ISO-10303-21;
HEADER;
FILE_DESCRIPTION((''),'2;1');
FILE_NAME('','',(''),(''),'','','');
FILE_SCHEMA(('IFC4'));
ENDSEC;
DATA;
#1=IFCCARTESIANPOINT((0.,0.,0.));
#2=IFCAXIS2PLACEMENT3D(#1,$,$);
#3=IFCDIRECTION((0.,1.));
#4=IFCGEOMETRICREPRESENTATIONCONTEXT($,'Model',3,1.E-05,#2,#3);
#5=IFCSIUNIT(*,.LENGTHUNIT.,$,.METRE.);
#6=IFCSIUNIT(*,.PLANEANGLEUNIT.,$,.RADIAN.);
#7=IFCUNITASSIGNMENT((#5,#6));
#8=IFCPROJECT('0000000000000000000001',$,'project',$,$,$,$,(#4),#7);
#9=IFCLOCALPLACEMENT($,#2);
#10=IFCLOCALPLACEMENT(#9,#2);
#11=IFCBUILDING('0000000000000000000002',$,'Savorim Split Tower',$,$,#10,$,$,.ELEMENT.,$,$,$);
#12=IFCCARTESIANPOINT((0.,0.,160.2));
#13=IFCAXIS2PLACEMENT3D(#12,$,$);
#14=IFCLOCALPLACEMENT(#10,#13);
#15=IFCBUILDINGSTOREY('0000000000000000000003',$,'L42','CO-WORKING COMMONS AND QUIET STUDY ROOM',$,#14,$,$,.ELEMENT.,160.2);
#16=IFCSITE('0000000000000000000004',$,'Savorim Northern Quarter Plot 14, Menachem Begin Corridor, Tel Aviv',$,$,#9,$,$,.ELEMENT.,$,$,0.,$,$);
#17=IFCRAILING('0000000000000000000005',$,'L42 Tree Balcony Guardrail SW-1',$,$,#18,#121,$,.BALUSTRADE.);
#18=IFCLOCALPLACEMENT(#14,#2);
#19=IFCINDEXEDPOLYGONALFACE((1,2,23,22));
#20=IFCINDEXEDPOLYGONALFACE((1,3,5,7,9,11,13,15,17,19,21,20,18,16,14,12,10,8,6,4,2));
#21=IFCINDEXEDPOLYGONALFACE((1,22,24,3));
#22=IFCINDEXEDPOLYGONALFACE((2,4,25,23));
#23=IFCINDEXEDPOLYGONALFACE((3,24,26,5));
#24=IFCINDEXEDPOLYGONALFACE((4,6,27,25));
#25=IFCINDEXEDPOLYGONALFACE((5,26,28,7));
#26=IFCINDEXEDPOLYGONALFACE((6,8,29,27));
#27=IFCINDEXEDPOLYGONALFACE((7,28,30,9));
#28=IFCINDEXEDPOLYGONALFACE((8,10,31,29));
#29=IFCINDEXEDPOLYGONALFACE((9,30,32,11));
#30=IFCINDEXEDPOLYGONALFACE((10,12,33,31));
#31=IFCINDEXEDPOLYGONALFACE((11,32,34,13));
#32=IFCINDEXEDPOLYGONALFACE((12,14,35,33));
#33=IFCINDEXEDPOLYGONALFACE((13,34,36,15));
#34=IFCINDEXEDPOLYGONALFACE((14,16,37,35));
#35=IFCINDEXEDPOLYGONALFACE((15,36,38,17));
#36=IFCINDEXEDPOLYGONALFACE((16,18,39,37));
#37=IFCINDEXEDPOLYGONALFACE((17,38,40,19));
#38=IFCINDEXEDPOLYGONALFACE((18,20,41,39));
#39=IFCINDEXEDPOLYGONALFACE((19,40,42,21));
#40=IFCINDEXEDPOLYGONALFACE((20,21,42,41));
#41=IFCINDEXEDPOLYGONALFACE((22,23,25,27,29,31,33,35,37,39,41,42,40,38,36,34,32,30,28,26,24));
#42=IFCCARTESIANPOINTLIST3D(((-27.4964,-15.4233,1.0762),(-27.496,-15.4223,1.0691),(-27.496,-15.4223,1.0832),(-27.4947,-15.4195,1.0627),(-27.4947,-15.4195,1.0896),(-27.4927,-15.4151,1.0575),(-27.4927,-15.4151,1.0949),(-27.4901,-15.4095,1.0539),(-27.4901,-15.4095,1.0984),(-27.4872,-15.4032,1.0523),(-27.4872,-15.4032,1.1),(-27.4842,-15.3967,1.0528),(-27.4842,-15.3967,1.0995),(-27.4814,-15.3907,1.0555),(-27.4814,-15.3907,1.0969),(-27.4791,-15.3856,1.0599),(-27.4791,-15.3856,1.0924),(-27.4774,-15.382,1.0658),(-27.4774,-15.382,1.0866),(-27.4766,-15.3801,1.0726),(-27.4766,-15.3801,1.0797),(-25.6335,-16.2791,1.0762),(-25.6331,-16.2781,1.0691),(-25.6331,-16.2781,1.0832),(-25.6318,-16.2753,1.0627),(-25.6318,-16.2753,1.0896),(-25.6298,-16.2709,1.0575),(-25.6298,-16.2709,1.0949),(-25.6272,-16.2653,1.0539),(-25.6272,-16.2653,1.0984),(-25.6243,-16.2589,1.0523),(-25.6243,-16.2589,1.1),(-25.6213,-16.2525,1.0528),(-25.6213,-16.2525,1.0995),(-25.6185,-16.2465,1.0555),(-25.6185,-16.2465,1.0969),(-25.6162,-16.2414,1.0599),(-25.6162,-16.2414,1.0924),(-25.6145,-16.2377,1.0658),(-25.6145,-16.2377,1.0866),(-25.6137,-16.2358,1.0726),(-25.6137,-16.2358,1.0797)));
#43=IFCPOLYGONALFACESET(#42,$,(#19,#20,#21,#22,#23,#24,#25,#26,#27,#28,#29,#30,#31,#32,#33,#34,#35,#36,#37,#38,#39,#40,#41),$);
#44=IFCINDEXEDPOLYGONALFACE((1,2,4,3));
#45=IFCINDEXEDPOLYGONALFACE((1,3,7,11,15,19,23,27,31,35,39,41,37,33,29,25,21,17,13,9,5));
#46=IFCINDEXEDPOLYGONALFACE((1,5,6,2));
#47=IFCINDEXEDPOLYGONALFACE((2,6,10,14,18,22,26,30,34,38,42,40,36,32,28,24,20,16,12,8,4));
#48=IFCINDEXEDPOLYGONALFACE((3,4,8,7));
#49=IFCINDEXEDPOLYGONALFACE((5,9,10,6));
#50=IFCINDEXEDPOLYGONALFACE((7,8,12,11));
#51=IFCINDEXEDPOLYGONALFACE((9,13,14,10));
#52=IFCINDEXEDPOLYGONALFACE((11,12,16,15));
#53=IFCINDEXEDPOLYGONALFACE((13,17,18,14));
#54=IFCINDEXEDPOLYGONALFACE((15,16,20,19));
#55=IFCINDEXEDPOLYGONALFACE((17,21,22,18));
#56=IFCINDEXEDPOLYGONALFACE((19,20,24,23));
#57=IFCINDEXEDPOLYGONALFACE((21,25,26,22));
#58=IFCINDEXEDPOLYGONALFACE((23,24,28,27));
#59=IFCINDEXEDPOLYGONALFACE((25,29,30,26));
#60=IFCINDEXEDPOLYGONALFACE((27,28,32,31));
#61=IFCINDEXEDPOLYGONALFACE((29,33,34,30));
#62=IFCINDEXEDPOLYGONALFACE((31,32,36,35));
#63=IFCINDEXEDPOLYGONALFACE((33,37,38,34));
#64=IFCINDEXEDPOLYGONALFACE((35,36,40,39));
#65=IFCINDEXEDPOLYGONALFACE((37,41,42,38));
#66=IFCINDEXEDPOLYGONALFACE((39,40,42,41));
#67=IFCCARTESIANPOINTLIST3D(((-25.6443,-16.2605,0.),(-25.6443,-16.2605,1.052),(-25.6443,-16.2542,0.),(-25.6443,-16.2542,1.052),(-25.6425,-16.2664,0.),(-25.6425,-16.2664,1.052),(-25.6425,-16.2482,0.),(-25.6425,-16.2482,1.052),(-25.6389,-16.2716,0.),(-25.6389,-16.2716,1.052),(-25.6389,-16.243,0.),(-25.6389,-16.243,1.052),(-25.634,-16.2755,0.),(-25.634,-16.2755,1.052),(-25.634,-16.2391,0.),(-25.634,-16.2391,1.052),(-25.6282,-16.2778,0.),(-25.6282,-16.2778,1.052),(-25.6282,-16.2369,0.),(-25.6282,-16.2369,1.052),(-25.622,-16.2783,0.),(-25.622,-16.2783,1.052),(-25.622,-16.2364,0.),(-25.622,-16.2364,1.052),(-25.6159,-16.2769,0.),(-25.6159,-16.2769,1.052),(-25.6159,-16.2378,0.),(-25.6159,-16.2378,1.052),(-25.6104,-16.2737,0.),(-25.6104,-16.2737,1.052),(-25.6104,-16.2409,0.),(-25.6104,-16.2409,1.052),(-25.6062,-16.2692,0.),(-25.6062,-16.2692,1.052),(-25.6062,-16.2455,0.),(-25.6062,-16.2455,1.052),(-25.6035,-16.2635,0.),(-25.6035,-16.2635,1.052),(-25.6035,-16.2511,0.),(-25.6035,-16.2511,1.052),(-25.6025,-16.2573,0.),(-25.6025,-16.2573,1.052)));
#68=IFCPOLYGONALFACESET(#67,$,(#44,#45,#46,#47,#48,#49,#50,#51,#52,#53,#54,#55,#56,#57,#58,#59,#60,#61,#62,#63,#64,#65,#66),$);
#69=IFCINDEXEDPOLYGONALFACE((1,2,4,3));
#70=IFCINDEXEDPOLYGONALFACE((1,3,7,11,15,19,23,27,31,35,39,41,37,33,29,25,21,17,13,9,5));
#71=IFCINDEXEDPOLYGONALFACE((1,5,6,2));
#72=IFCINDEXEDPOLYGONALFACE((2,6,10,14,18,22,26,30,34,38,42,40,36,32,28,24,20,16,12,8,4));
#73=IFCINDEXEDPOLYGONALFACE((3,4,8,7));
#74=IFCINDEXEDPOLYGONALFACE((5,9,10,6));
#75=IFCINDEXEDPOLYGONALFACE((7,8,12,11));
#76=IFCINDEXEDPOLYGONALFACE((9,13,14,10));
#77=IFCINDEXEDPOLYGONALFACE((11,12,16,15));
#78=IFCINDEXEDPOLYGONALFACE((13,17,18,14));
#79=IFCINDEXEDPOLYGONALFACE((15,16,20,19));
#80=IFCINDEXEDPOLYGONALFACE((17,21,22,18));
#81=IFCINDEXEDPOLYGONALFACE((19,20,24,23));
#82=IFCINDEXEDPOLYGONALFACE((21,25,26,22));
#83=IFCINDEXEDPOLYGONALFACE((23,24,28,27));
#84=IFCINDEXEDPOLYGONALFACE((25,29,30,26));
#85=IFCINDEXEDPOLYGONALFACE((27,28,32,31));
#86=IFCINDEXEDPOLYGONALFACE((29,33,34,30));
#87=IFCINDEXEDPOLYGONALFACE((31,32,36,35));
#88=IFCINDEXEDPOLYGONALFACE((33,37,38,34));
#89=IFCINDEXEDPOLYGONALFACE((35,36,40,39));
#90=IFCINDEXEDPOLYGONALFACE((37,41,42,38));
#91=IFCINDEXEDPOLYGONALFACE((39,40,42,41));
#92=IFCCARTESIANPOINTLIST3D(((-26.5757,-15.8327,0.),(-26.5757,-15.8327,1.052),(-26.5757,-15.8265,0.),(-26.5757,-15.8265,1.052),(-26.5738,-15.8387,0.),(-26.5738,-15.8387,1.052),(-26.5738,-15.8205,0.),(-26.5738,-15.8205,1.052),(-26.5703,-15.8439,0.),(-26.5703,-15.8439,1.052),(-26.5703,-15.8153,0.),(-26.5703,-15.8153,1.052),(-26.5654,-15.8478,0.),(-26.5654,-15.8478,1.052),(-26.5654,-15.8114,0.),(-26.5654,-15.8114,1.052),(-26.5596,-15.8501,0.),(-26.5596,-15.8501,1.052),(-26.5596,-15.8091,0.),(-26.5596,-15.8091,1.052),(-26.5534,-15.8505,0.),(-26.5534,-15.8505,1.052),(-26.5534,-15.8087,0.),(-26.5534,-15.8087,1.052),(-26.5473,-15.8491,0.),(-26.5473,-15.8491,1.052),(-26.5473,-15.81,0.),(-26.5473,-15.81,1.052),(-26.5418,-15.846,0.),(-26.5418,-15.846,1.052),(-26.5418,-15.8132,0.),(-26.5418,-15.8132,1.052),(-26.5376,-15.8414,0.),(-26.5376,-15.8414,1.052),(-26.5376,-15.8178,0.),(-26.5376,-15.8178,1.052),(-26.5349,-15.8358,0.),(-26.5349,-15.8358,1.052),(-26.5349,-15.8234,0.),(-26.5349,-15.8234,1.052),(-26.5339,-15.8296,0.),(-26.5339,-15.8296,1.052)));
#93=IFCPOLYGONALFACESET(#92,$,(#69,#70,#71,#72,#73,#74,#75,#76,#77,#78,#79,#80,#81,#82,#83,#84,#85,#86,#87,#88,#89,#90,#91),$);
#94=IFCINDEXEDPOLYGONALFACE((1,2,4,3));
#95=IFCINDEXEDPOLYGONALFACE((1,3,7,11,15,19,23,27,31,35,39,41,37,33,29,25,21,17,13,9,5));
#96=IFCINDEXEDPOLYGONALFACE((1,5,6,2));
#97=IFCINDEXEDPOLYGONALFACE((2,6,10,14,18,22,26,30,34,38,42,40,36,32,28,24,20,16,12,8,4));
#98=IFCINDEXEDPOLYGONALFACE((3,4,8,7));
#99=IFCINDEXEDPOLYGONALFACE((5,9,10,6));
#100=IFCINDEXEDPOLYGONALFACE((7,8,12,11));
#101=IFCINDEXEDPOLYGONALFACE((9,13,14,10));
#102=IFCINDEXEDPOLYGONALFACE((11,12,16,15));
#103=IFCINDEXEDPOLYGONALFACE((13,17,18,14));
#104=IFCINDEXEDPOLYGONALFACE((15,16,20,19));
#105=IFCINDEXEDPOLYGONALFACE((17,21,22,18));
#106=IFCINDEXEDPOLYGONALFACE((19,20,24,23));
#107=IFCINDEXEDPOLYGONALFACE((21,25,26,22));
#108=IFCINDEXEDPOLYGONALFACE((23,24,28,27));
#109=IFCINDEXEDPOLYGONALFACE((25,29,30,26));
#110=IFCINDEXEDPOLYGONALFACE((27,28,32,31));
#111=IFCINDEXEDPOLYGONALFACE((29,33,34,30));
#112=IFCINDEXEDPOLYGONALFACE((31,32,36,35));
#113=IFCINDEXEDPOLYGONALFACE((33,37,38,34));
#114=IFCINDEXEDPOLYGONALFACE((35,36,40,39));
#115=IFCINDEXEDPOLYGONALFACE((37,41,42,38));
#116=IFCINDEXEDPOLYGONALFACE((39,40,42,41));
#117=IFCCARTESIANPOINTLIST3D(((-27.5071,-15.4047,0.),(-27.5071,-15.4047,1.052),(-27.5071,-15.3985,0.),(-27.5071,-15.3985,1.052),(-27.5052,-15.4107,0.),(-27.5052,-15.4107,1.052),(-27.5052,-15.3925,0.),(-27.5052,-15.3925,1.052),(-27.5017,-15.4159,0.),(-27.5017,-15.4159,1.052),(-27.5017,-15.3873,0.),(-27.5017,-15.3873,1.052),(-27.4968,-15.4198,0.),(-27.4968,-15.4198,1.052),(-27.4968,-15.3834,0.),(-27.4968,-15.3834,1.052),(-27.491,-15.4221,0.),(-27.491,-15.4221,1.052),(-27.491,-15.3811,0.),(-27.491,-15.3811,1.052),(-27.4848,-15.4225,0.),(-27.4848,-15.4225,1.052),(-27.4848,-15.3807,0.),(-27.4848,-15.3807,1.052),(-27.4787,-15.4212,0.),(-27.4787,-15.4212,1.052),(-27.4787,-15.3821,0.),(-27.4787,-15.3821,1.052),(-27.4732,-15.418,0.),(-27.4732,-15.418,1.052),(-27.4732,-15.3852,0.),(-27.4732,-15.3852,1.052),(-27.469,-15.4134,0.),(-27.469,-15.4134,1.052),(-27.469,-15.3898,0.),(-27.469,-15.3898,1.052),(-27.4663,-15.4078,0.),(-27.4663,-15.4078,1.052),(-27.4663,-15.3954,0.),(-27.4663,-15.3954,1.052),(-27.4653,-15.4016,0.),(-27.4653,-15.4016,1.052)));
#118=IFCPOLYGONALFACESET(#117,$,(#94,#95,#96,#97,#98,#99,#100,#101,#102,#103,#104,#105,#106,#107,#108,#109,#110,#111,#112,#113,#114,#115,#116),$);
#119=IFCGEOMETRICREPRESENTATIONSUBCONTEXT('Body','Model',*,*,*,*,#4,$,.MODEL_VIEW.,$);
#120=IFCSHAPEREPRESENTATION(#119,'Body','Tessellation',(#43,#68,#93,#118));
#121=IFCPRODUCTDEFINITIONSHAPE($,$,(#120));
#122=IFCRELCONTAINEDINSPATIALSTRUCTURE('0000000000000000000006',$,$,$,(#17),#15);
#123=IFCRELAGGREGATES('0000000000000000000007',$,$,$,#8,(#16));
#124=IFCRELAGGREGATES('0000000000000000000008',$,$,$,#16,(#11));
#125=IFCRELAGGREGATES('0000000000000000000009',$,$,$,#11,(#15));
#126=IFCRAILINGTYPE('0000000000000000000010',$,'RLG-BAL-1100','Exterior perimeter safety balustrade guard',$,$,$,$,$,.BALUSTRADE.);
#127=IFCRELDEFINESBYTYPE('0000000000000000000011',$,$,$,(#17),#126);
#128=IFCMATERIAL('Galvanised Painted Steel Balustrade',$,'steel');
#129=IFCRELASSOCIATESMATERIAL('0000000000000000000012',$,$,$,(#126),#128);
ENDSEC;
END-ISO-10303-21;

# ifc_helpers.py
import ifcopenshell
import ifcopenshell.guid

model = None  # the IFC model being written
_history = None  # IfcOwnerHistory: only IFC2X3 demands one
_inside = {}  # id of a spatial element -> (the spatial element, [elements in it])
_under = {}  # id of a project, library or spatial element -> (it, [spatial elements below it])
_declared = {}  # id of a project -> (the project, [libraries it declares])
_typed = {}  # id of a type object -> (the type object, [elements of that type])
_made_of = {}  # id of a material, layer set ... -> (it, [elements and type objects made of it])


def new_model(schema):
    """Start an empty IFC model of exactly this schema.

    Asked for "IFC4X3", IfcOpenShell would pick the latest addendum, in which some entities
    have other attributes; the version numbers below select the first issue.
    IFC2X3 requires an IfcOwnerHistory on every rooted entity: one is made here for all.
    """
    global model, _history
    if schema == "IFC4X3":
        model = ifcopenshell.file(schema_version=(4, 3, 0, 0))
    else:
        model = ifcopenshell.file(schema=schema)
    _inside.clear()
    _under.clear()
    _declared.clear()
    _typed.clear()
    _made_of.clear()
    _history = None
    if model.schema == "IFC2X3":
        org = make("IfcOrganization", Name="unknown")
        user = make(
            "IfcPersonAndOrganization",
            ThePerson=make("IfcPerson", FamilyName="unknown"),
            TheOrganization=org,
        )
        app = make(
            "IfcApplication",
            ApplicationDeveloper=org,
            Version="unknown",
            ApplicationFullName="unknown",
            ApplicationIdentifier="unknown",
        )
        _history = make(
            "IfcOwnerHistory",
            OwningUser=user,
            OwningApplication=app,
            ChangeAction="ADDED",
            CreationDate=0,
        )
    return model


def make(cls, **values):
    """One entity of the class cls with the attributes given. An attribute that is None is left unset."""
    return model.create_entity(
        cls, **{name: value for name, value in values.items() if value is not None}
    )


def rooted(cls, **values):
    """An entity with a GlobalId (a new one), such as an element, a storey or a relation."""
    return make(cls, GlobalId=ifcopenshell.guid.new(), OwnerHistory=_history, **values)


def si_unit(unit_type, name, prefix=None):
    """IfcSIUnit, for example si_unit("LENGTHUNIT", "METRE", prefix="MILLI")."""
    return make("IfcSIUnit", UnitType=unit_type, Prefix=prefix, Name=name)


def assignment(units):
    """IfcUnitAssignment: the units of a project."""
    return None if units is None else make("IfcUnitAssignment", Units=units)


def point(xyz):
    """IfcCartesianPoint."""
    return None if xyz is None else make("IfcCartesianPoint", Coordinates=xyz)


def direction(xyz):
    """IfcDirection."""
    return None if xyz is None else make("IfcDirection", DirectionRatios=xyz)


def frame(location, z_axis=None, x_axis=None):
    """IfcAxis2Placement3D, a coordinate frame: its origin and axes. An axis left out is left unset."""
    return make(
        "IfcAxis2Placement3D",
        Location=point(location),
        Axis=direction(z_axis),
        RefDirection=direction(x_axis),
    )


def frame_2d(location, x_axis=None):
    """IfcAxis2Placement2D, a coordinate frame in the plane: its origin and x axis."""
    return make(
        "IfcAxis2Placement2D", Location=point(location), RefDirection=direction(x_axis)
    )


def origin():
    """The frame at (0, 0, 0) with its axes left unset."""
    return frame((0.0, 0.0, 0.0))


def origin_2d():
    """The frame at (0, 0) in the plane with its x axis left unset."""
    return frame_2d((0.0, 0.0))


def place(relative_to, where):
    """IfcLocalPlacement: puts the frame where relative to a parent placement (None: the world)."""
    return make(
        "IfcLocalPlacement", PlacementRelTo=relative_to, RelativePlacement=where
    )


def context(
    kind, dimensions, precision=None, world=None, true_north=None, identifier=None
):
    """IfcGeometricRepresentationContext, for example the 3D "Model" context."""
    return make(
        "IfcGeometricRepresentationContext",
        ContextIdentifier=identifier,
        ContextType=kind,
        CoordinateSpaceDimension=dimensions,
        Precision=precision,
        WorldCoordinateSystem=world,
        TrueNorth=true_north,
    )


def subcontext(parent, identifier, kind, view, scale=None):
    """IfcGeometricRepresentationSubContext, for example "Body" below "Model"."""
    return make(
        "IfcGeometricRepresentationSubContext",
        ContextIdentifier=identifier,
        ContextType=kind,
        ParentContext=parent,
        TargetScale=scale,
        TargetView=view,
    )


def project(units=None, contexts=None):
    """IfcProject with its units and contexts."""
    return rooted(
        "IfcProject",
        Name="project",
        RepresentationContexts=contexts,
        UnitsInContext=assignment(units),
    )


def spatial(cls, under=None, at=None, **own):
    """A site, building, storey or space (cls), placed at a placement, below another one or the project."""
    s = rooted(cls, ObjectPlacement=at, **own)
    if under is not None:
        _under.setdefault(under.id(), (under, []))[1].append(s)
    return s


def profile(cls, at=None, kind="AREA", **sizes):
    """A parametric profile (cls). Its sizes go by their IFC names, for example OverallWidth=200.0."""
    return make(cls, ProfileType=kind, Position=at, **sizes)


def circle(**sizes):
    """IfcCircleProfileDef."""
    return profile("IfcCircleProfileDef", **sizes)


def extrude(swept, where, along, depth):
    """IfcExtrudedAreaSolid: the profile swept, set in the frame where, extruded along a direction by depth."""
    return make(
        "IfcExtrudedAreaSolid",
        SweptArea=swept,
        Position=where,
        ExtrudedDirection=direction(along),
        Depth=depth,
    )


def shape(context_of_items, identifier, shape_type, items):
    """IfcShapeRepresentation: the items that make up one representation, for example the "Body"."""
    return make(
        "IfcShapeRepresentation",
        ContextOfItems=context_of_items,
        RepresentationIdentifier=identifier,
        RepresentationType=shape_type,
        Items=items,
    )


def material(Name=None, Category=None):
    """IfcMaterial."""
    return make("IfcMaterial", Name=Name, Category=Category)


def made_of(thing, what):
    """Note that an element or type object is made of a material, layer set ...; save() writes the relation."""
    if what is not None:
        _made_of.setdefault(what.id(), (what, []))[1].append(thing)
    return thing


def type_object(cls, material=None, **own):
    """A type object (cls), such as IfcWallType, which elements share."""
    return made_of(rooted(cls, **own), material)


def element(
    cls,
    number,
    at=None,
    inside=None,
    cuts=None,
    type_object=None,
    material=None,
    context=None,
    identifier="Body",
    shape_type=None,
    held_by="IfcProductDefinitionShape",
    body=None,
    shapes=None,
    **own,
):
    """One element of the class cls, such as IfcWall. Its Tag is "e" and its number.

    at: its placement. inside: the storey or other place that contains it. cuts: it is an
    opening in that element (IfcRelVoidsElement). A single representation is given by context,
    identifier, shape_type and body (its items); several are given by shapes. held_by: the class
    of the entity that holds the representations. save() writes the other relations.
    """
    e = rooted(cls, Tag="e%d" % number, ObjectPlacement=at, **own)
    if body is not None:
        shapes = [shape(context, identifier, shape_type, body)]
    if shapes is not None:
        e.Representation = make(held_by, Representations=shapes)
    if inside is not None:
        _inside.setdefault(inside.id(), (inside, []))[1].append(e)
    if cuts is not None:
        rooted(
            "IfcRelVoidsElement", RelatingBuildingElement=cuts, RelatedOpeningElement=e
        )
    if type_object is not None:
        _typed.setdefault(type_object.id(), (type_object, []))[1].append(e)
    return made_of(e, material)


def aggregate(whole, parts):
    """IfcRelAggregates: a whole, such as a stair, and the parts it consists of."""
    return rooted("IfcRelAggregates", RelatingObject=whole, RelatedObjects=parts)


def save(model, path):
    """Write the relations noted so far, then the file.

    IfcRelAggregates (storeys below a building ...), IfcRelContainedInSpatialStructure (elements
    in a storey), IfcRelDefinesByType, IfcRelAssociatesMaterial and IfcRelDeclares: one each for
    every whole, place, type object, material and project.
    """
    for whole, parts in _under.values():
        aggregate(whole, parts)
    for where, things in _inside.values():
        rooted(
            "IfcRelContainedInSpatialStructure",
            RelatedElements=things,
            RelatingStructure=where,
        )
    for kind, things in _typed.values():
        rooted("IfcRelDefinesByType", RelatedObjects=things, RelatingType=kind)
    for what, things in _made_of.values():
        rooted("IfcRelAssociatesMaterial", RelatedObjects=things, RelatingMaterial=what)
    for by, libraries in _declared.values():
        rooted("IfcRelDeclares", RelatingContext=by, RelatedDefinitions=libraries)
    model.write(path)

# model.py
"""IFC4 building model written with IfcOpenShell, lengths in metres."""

from ifc_helpers import new_model, si_unit, direction, frame, origin, origin_2d, place, context, subcontext, project, spatial, circle, extrude, material, type_object, element, save


model = new_model("IFC4")

# Units and contexts
model_context = context("Model", 3, precision=1e-05, world=origin(), true_north=direction((0.0, 1.0)))
body_context = subcontext(model_context, "Body", "Model", "MODEL_VIEW")
ifc_project = project(units=[si_unit("LENGTHUNIT", "METRE"), si_unit("PLANEANGLEUNIT", "RADIAN")], contexts=[model_context])

# Site, building, storey
site_placement = place(None, origin())
site = spatial("IfcSite", under=ifc_project, at=site_placement, Name="Savorim Northern Quarter Plot 14, Menachem Begin Corridor, Tel Aviv", CompositionType="ELEMENT", RefElevation=0.0)
building_placement = place(site_placement, origin())
building = spatial("IfcBuilding", under=site, at=building_placement, Name="Savorim Split Tower", CompositionType="ELEMENT")
storey_placement = place(building_placement, frame((0.0, 0.0, 160.2)))
storey = spatial("IfcBuildingStorey", under=building, at=storey_placement, Name="L42", Description="CO-WORKING COMMONS AND QUIET STUDY ROOM", CompositionType="ELEMENT", Elevation=160.2)

# Railing
ifc_material_1 = material(Name="Galvanised Painted Steel Balustrade", Category="steel")
railing_type = type_object("IfcRailingType", Name="RLG-BAL-1100", Description="Exterior perimeter safety balustrade guard", PredefinedType="BALUSTRADE", material=ifc_material_1)
railing_1_placement = place(storey_placement, frame((-25.6235, -16.2573, 0.0)))
element("IfcRailing", 1, at=railing_1_placement, inside=storey, type_object=railing_type, Name="L42 Tree Balcony Guardrail SW-1", PredefinedType="BALUSTRADE", context=body_context, shape_type="SweptSolid", body=[
    extrude(circle(Radius=0.0239, at=origin_2d()), frame((0.0, 0.0, 1.0762), z_axis=(-0.908707, 0.417434, 0.0), x_axis=(-0.417434, -0.908707, 0.0)), (0.0, 0.0, 1.0), 2.05),
    extrude(circle(Radius=0.021, at=origin_2d()), origin(), (0.0, 0.0, 1.0), 1.052),
    extrude(circle(Radius=0.021, at=origin_2d()), frame((-0.9314, 0.4277, 0.0)), (0.0, 0.0, 1.0), 1.052),
    extrude(circle(Radius=0.021, at=origin_2d()), frame((-1.8628, 0.8557, 0.0)), (0.0, 0.0, 1.0), 1.052),
])

save(model, "model.ifc")
